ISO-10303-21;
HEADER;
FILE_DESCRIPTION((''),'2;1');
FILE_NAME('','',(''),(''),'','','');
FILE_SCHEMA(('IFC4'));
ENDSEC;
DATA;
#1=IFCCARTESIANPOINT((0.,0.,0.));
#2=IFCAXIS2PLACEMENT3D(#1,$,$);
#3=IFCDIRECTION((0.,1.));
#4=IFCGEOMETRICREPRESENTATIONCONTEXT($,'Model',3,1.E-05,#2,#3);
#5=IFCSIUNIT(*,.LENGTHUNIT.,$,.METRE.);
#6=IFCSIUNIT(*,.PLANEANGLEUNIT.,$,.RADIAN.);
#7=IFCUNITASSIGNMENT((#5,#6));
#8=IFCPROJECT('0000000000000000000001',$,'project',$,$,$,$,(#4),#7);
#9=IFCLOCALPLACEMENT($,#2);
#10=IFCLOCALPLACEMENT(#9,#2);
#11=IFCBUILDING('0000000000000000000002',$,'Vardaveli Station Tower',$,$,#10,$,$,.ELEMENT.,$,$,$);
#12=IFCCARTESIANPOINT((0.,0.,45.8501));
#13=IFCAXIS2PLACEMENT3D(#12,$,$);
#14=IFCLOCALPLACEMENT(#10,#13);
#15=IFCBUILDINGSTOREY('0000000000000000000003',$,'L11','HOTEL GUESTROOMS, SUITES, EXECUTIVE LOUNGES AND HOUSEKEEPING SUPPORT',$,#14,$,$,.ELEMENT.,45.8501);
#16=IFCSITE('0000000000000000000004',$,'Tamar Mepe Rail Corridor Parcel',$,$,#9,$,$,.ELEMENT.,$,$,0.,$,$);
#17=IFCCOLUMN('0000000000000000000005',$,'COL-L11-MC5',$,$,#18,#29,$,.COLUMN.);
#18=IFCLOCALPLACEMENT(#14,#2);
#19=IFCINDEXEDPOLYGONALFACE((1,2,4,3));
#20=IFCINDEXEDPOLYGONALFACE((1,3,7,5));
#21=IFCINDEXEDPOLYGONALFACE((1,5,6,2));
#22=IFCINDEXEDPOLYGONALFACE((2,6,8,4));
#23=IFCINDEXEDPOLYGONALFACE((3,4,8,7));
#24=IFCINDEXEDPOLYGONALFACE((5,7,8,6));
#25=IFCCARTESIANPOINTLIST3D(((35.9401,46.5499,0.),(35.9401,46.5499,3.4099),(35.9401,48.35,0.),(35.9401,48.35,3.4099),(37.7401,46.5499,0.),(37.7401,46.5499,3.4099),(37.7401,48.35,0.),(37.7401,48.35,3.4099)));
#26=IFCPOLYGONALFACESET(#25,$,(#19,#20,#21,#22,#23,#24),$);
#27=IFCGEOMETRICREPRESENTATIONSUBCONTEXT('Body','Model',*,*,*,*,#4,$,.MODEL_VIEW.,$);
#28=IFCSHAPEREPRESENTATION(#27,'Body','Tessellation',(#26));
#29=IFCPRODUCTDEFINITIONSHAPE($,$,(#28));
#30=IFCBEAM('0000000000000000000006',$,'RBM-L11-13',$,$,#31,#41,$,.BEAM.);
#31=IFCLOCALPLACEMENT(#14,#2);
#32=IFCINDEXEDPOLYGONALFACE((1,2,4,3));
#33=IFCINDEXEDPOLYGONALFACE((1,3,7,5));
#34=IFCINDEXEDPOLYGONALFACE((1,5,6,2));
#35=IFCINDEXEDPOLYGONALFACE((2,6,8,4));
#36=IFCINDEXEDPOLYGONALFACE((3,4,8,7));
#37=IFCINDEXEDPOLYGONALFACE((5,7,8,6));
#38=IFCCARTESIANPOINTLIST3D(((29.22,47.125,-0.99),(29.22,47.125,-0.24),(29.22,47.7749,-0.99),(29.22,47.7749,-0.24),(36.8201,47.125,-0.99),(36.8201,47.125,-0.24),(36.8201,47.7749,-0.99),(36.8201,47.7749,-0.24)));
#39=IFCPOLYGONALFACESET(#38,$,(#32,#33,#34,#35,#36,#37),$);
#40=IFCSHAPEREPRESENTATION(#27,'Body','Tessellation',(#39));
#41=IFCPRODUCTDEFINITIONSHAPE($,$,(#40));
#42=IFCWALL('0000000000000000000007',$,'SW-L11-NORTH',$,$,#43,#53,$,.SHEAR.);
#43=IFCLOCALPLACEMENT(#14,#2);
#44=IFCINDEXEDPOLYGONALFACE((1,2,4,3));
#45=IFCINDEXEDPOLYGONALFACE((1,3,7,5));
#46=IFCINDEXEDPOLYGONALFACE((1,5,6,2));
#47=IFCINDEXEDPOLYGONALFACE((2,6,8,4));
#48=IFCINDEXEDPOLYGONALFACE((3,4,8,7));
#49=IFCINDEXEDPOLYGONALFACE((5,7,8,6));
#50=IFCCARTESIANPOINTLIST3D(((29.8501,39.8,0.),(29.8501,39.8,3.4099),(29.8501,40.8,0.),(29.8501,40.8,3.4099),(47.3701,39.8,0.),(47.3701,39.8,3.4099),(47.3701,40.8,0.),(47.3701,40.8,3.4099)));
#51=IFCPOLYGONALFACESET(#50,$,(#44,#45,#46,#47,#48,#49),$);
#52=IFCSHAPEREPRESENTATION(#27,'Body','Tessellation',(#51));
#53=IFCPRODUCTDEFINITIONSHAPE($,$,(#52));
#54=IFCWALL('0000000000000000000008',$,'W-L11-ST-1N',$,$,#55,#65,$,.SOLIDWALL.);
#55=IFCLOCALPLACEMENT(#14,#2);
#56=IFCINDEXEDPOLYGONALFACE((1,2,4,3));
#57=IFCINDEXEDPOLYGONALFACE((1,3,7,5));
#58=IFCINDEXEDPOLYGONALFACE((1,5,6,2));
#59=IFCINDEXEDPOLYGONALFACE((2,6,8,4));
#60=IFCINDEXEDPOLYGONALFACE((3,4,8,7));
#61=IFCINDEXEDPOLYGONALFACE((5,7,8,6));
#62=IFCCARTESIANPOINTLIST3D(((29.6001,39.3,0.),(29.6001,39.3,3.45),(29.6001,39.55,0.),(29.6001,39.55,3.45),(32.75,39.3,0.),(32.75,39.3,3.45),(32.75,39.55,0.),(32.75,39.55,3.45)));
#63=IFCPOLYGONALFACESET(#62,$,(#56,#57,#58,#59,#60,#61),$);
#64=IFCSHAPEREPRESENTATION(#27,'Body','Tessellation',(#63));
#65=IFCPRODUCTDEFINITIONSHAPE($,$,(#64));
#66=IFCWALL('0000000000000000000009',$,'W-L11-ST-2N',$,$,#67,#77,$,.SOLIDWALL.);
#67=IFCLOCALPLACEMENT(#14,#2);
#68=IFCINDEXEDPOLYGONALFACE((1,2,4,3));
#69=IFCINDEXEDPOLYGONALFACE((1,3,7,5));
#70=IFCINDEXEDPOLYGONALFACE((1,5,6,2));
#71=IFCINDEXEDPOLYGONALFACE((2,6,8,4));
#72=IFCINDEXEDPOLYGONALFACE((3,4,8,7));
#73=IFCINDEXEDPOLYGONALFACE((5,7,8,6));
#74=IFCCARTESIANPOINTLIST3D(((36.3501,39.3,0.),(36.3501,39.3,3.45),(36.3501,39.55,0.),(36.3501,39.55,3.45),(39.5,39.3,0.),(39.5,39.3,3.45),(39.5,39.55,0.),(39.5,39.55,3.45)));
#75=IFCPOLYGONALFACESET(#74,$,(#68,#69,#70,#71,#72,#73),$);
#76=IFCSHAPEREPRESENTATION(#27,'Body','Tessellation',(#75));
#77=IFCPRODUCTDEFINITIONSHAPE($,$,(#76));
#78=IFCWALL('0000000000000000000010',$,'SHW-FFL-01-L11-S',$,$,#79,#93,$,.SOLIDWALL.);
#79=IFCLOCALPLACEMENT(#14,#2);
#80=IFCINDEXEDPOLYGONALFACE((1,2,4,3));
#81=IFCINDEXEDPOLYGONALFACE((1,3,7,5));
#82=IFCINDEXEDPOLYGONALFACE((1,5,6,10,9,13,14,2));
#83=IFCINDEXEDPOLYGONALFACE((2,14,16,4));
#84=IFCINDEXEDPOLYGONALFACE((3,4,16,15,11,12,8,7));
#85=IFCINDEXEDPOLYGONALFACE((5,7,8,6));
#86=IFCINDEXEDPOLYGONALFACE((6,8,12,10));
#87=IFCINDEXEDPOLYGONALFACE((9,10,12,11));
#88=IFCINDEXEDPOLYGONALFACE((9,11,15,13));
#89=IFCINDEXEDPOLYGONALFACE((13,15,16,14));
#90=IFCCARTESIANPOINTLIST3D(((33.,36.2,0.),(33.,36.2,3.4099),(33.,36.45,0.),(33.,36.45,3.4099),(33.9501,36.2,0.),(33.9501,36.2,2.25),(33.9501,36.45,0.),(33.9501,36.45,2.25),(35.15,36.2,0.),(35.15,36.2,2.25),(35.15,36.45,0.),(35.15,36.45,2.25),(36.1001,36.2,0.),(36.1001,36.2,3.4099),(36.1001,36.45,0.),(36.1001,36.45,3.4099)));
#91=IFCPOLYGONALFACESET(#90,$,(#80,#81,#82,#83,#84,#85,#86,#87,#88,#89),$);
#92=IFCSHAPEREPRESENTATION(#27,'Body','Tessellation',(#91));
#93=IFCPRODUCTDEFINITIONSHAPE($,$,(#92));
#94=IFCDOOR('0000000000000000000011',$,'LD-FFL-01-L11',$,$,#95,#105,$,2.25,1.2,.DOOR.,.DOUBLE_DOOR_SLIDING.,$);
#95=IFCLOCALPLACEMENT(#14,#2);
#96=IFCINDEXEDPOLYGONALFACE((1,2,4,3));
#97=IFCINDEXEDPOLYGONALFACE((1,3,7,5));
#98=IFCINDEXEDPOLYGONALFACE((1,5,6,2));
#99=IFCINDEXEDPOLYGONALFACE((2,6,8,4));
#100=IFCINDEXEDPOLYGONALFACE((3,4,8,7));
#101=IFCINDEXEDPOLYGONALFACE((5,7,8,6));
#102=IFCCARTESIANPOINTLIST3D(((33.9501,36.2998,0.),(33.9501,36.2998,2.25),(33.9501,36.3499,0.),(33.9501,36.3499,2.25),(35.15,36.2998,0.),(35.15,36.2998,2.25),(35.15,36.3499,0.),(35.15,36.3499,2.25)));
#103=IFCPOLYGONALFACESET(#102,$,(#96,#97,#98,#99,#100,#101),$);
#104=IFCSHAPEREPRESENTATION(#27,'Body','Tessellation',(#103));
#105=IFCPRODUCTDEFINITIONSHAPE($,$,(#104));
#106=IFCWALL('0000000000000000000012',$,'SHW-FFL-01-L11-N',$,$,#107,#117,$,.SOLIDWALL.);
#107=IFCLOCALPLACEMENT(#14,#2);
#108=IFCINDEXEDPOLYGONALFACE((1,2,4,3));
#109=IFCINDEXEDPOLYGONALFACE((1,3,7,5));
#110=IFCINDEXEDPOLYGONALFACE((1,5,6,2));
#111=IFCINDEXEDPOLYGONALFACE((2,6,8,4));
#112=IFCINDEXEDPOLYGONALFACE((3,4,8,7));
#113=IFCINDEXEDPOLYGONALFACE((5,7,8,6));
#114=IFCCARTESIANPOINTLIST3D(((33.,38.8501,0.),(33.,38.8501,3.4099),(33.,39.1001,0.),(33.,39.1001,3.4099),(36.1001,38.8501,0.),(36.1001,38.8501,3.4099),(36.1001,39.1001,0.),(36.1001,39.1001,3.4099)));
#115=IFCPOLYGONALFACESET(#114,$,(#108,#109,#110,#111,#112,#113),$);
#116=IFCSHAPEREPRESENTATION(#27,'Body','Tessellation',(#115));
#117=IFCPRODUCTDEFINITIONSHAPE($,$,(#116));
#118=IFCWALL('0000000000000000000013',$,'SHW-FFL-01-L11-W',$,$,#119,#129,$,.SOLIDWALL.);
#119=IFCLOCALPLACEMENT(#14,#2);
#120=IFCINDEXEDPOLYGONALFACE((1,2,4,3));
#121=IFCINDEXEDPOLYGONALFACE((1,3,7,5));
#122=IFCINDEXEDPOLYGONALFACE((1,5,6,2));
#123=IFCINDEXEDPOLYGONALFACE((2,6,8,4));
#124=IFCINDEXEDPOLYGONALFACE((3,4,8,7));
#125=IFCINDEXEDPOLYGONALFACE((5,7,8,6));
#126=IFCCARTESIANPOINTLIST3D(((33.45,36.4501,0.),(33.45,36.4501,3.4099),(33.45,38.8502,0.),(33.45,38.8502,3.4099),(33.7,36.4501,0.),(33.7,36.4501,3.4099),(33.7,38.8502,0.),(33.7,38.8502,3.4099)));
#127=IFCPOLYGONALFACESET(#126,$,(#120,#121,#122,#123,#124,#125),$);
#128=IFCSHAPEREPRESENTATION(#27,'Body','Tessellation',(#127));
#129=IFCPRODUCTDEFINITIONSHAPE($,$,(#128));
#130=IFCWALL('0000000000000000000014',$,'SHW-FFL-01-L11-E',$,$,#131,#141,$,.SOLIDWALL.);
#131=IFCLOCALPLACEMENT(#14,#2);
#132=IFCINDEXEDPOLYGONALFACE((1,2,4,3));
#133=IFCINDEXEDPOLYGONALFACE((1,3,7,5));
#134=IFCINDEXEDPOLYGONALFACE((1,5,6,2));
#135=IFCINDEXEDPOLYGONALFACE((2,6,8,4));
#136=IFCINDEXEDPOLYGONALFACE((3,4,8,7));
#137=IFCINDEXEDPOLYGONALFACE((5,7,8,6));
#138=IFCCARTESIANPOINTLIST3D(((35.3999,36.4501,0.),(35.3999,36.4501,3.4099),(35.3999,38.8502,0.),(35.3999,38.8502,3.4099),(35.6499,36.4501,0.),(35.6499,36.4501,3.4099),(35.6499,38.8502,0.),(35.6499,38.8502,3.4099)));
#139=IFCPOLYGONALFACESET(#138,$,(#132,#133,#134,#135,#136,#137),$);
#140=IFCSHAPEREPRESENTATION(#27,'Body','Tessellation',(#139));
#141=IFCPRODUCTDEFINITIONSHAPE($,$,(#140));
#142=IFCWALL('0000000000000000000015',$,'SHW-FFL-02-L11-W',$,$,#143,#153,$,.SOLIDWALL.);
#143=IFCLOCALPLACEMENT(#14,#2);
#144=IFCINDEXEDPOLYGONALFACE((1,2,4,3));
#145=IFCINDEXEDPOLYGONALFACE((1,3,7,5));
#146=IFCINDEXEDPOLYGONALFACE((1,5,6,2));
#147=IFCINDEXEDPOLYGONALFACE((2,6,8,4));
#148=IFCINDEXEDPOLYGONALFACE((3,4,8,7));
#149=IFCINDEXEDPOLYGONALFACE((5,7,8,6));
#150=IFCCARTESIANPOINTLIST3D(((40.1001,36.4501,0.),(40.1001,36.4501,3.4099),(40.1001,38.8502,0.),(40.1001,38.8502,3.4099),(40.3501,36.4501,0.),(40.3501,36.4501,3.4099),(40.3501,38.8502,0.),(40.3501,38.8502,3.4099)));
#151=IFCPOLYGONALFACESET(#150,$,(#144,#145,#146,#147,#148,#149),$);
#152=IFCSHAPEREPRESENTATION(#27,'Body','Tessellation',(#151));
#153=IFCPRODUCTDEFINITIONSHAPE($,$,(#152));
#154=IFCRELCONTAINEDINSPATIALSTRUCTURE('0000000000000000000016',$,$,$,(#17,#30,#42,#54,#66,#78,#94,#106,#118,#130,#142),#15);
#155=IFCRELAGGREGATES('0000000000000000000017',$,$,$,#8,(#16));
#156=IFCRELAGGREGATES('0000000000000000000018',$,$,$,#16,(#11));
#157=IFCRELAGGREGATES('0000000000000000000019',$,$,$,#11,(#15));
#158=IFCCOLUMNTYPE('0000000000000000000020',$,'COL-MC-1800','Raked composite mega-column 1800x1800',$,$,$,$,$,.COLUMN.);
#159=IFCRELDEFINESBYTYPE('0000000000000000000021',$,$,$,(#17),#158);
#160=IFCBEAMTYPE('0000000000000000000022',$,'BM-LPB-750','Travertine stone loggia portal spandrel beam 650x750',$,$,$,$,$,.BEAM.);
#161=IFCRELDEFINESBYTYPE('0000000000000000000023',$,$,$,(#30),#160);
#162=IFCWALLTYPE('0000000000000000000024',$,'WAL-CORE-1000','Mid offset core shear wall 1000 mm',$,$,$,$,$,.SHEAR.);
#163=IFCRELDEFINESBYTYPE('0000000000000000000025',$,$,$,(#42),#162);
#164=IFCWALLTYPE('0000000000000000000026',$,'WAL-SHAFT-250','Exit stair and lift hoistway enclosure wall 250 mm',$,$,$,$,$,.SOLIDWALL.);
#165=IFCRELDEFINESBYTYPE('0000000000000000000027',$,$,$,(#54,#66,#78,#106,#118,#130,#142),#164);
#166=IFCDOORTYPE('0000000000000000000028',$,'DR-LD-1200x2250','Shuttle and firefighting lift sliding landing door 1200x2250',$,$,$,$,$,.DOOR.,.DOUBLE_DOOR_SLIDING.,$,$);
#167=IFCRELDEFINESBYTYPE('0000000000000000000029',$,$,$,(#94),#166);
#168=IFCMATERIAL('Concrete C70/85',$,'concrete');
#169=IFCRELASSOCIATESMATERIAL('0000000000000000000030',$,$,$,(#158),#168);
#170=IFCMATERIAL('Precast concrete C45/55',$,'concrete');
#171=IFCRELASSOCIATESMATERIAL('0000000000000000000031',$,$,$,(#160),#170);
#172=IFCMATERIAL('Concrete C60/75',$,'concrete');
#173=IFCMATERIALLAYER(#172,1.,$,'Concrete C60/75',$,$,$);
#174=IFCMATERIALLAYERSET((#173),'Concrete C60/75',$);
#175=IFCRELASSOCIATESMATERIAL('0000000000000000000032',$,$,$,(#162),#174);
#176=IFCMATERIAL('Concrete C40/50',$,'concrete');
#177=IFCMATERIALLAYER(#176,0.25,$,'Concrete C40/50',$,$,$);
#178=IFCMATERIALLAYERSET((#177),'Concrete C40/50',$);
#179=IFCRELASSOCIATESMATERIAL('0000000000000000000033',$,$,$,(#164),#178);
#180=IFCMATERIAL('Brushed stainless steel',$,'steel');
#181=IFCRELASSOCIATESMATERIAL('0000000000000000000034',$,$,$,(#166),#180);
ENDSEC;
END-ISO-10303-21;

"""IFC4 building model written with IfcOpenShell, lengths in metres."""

from ifc_helpers import new_model, si_unit, direction, frame, frame_2d, origin, origin_2d, place, context, subcontext, project, spatial, rectangle, extrude, source, transform, mapped, material, layer, layer_set, material_profile, profile_set, type_object, element, fill, save


model = new_model("IFC4")

# Units and contexts
model_context = context("Model", 3, precision=1e-05, world=origin(), true_north=direction((0.0, 1.0)))
body_context = subcontext(model_context, "Body", "Model", "MODEL_VIEW")
ifc_project = project(units=[si_unit("LENGTHUNIT", "METRE"), si_unit("PLANEANGLEUNIT", "RADIAN")], contexts=[model_context])

# Site, building, storey
site_placement = place(None, origin())
site = spatial("IfcSite", under=ifc_project, at=site_placement, Name="Tamar Mepe Rail Corridor Parcel", CompositionType="ELEMENT", RefElevation=0.0)
building_placement = place(site_placement, origin())
building = spatial("IfcBuilding", under=site, at=building_placement, Name="Vardaveli Station Tower", CompositionType="ELEMENT")
storey_placement = place(building_placement, frame((0.0, 0.0, 45.8501)))
storey = spatial("IfcBuildingStorey", under=building, at=storey_placement, Name="L11", Description="HOTEL GUESTROOMS, SUITES, EXECUTIVE LOUNGES AND HOUSEKEEPING SUPPORT", CompositionType="ELEMENT", Elevation=45.8501)

# Column
ifc_material_1 = material(Name="Concrete C70/85", Category="concrete")
ifc_material_profile_1 = material_profile(ifc_material_1, rectangle(XDim=1.8, YDim=1.8, at=origin_2d()), Name="MC 1800x1800")
ifc_profile_set_1 = profile_set([ifc_material_profile_1], Name="Concrete C70/85")
column_type = type_object("IfcColumnType", Name="COL-MC-1800", Description="Raked composite mega-column 1800x1800", PredefinedType="COLUMN", material=ifc_profile_set_1)
shared_shape_1 = source(origin(), body_context, "Body", "SweptSolid", [
    extrude(rectangle(XDim=1.8, YDim=1.8, at=origin_2d()), origin(), (0.0, 0.0, 1.0), 3.4099),
])
column_placement = place(storey_placement, frame((36.8401, 47.45, 0.0), z_axis=(0.0, 0.0, 1.0), x_axis=(1.0, 0.0, 0.0)))
element("IfcColumn", 1, at=column_placement, inside=storey, type_object=column_type, Name="COL-L11-MC5", PredefinedType="COLUMN", context=body_context, shape_type="MappedRepresentation", body=[
    mapped(shared_shape_1, transform((0.0, 0.0, 0.0), scale=1.0)),
])

# Beam
ifc_material_2 = material(Name="Precast concrete C45/55", Category="concrete")
ifc_material_profile_2 = material_profile(ifc_material_2, rectangle(XDim=0.6499, YDim=0.75, at=origin_2d()), Name="LPB 650x750")
ifc_profile_set_2 = profile_set([ifc_material_profile_2], Name="Precast concrete C45/55")
beam_type = type_object("IfcBeamType", Name="BM-LPB-750", Description="Travertine stone loggia portal spandrel beam 650x750", PredefinedType="BEAM", material=ifc_profile_set_2)
shared_shape_2 = source(origin(), body_context, "Body", "SweptSolid", [
    extrude(rectangle(XDim=0.6499, YDim=0.75, at=origin_2d()), origin(), (0.0, 0.0, 1.0), 7.6001),
])
beam_placement = place(storey_placement, frame((36.8201, 47.45, -0.615), z_axis=(-1.0, 0.0, 0.0), x_axis=(0.0, -1.0, 0.0)))
element("IfcBeam", 2, at=beam_placement, inside=storey, type_object=beam_type, Name="RBM-L11-13", PredefinedType="BEAM", context=body_context, shape_type="MappedRepresentation", body=[
    mapped(shared_shape_2, transform((0.0, 0.0, 0.0), scale=1.0)),
])

# Walls
ifc_material_3 = material(Name="Concrete C60/75", Category="concrete")
ifc_layer_1 = layer(ifc_material_3, 1.0, Name="Concrete C60/75")
ifc_layer_set_1 = layer_set([ifc_layer_1], Name="Concrete C60/75")
wall_type_1 = type_object("IfcWallType", Name="WAL-CORE-1000", Description="Mid offset core shear wall 1000 mm", PredefinedType="SHEAR", material=ifc_layer_set_1)
shared_shape_3 = source(origin(), body_context, "Body", "SweptSolid", [
    extrude(rectangle(XDim=17.52, YDim=1.0, at=frame_2d((8.76, 0.0))), origin(), (0.0, 0.0, 1.0), 3.4099),
])
wall_1_placement = place(storey_placement, frame((29.8501, 40.3, 0.0), z_axis=(0.0, 0.0, 1.0), x_axis=(1.0, 0.0, 0.0)))
element("IfcWall", 3, at=wall_1_placement, inside=storey, type_object=wall_type_1, Name="SW-L11-NORTH", PredefinedType="SHEAR", context=body_context, shape_type="MappedRepresentation", body=[
    mapped(shared_shape_3, transform((0.0, 0.0, 0.0), scale=1.0)),
])
ifc_material_4 = material(Name="Concrete C40/50", Category="concrete")
ifc_layer_2 = layer(ifc_material_4, 0.25, Name="Concrete C40/50")
ifc_layer_set_2 = layer_set([ifc_layer_2], Name="Concrete C40/50")
wall_type_2 = type_object("IfcWallType", Name="WAL-SHAFT-250", Description="Exit stair and lift hoistway enclosure wall 250 mm", PredefinedType="SOLIDWALL", material=ifc_layer_set_2)
shared_shape_4 = source(origin(), body_context, "Body", "SweptSolid", [
    extrude(rectangle(XDim=3.1499, YDim=0.25, at=frame_2d((1.575, 0.0))), origin(), (0.0, 0.0, 1.0), 3.45),
])
for number, where, z_axis, x_axis, name in (
    (4, (29.6001, 39.425, 0.0), (0.0, 0.0, 1.0), (1.0, 0.0, 0.0), "W-L11-ST-1N"),
    (5, (36.3501, 39.425, 0.0), (0.0, 0.0, 1.0), (1.0, 0.0, 0.0), "W-L11-ST-2N"),
):
    element("IfcWall", number, at=place(storey_placement, frame(where, z_axis=z_axis, x_axis=x_axis)), inside=storey, type_object=wall_type_2, Name=name, PredefinedType="SOLIDWALL", context=body_context, shape_type="MappedRepresentation", body=[
        mapped(shared_shape_4, transform((0.0, 0.0, 0.0), scale=1.0)),
    ])

# Wall, opening, door
shared_shape_5 = source(origin(), body_context, "Body", "SweptSolid", [
    extrude(rectangle(XDim=3.1001, YDim=0.25, at=frame_2d((1.55, 0.0))), origin(), (0.0, 0.0, 1.0), 3.4099),
])
wall_2_placement = place(storey_placement, frame((33.0, 36.325, 0.0), z_axis=(0.0, 0.0, 1.0), x_axis=(1.0, 0.0, 0.0)))
wall_2 = element("IfcWall", 6, at=wall_2_placement, inside=storey, type_object=wall_type_2, Name="SHW-FFL-01-L11-S", PredefinedType="SOLIDWALL", context=body_context, shape_type="MappedRepresentation", body=[
    mapped(shared_shape_5, transform((0.0, 0.0, 0.0), scale=1.0)),
])
shared_shape_6 = source(origin(), body_context, "Body", "SweptSolid", [
    extrude(rectangle(XDim=1.2, YDim=2.25, at=frame_2d((0.6001, 1.125))), frame((0.0, 0.135, 0.0), z_axis=(0.0, -1.0, 0.0), x_axis=(1.0, 0.0, 0.0)), (0.0, 0.0, 1.0), 0.27),
])
opening_1_placement = place(wall_2_placement, frame((0.95, 0.0, 0.0)))
opening_1 = element("IfcOpeningElement", 7, at=opening_1_placement, cuts=wall_2, PredefinedType="OPENING", context=body_context, shape_type="MappedRepresentation", body=[
    mapped(shared_shape_6, transform((0.0, 0.0, 0.0), scale=1.0)),
])
ifc_material_5 = material(Name="Brushed stainless steel", Category="steel")
door_type = type_object("IfcDoorType", Name="DR-LD-1200x2250", Description="Shuttle and firefighting lift sliding landing door 1200x2250", OperationType="DOUBLE_DOOR_SLIDING", PredefinedType="DOOR", material=ifc_material_5)
shared_shape_7 = source(origin(), body_context, "Body", "SweptSolid", [
    extrude(rectangle(XDim=1.2, YDim=2.25, at=frame_2d((0.6001, 1.125))), frame((0.0, 0.0249, 0.0), z_axis=(0.0, -1.0, 0.0), x_axis=(1.0, 0.0, 0.0)), (0.0, 0.0, 1.0), 0.05),
])
door_1_placement = place(opening_1_placement, origin())
door_1 = element("IfcDoor", 8, at=door_1_placement, inside=storey, type_object=door_type, Name="LD-FFL-01-L11", OperationType="DOUBLE_DOOR_SLIDING", OverallHeight=2.25, OverallWidth=1.2, PredefinedType="DOOR", context=body_context, shape_type="MappedRepresentation", body=[
    mapped(shared_shape_7, transform((0.0, 0.0, 0.0), scale=1.0)),
])
fill(opening_1, door_1)

# Walls
wall_3_placement = place(storey_placement, frame((33.0, 38.9751, 0.0), z_axis=(0.0, 0.0, 1.0), x_axis=(1.0, 0.0, 0.0)))
element("IfcWall", 9, at=wall_3_placement, inside=storey, type_object=wall_type_2, Name="SHW-FFL-01-L11-N", PredefinedType="SOLIDWALL", context=body_context, shape_type="MappedRepresentation", body=[
    mapped(shared_shape_5, transform((0.0, 0.0, 0.0), scale=1.0)),
])
shared_shape_8 = source(origin(), body_context, "Body", "SweptSolid", [
    extrude(rectangle(XDim=2.4001, YDim=0.25, at=frame_2d((1.2002, 0.0))), origin(), (0.0, 0.0, 1.0), 3.4099),
])
for number, where, z_axis, x_axis, name in (
    (10, (33.575, 36.45, 0.0), (0.0, 0.0, 1.0), (0.0, 1.0, 0.0), "SHW-FFL-01-L11-W"),
    (11, (35.5249, 36.45, 0.0), (0.0, 0.0, 1.0), (0.0, 1.0, 0.0), "SHW-FFL-01-L11-E"),
    (12, (40.2251, 36.45, 0.0), (0.0, 0.0, 1.0), (0.0, 1.0, 0.0), "SHW-FFL-02-L11-W"),
):
    element("IfcWall", number, at=place(storey_placement, frame(where, z_axis=z_axis, x_axis=x_axis)), inside=storey, type_object=wall_type_2, Name=name, PredefinedType="SOLIDWALL", context=body_context, shape_type="MappedRepresentation", body=[
        mapped(shared_shape_8, transform((0.0, 0.0, 0.0), scale=1.0)),
    ])

save(model, "model.ifc")
